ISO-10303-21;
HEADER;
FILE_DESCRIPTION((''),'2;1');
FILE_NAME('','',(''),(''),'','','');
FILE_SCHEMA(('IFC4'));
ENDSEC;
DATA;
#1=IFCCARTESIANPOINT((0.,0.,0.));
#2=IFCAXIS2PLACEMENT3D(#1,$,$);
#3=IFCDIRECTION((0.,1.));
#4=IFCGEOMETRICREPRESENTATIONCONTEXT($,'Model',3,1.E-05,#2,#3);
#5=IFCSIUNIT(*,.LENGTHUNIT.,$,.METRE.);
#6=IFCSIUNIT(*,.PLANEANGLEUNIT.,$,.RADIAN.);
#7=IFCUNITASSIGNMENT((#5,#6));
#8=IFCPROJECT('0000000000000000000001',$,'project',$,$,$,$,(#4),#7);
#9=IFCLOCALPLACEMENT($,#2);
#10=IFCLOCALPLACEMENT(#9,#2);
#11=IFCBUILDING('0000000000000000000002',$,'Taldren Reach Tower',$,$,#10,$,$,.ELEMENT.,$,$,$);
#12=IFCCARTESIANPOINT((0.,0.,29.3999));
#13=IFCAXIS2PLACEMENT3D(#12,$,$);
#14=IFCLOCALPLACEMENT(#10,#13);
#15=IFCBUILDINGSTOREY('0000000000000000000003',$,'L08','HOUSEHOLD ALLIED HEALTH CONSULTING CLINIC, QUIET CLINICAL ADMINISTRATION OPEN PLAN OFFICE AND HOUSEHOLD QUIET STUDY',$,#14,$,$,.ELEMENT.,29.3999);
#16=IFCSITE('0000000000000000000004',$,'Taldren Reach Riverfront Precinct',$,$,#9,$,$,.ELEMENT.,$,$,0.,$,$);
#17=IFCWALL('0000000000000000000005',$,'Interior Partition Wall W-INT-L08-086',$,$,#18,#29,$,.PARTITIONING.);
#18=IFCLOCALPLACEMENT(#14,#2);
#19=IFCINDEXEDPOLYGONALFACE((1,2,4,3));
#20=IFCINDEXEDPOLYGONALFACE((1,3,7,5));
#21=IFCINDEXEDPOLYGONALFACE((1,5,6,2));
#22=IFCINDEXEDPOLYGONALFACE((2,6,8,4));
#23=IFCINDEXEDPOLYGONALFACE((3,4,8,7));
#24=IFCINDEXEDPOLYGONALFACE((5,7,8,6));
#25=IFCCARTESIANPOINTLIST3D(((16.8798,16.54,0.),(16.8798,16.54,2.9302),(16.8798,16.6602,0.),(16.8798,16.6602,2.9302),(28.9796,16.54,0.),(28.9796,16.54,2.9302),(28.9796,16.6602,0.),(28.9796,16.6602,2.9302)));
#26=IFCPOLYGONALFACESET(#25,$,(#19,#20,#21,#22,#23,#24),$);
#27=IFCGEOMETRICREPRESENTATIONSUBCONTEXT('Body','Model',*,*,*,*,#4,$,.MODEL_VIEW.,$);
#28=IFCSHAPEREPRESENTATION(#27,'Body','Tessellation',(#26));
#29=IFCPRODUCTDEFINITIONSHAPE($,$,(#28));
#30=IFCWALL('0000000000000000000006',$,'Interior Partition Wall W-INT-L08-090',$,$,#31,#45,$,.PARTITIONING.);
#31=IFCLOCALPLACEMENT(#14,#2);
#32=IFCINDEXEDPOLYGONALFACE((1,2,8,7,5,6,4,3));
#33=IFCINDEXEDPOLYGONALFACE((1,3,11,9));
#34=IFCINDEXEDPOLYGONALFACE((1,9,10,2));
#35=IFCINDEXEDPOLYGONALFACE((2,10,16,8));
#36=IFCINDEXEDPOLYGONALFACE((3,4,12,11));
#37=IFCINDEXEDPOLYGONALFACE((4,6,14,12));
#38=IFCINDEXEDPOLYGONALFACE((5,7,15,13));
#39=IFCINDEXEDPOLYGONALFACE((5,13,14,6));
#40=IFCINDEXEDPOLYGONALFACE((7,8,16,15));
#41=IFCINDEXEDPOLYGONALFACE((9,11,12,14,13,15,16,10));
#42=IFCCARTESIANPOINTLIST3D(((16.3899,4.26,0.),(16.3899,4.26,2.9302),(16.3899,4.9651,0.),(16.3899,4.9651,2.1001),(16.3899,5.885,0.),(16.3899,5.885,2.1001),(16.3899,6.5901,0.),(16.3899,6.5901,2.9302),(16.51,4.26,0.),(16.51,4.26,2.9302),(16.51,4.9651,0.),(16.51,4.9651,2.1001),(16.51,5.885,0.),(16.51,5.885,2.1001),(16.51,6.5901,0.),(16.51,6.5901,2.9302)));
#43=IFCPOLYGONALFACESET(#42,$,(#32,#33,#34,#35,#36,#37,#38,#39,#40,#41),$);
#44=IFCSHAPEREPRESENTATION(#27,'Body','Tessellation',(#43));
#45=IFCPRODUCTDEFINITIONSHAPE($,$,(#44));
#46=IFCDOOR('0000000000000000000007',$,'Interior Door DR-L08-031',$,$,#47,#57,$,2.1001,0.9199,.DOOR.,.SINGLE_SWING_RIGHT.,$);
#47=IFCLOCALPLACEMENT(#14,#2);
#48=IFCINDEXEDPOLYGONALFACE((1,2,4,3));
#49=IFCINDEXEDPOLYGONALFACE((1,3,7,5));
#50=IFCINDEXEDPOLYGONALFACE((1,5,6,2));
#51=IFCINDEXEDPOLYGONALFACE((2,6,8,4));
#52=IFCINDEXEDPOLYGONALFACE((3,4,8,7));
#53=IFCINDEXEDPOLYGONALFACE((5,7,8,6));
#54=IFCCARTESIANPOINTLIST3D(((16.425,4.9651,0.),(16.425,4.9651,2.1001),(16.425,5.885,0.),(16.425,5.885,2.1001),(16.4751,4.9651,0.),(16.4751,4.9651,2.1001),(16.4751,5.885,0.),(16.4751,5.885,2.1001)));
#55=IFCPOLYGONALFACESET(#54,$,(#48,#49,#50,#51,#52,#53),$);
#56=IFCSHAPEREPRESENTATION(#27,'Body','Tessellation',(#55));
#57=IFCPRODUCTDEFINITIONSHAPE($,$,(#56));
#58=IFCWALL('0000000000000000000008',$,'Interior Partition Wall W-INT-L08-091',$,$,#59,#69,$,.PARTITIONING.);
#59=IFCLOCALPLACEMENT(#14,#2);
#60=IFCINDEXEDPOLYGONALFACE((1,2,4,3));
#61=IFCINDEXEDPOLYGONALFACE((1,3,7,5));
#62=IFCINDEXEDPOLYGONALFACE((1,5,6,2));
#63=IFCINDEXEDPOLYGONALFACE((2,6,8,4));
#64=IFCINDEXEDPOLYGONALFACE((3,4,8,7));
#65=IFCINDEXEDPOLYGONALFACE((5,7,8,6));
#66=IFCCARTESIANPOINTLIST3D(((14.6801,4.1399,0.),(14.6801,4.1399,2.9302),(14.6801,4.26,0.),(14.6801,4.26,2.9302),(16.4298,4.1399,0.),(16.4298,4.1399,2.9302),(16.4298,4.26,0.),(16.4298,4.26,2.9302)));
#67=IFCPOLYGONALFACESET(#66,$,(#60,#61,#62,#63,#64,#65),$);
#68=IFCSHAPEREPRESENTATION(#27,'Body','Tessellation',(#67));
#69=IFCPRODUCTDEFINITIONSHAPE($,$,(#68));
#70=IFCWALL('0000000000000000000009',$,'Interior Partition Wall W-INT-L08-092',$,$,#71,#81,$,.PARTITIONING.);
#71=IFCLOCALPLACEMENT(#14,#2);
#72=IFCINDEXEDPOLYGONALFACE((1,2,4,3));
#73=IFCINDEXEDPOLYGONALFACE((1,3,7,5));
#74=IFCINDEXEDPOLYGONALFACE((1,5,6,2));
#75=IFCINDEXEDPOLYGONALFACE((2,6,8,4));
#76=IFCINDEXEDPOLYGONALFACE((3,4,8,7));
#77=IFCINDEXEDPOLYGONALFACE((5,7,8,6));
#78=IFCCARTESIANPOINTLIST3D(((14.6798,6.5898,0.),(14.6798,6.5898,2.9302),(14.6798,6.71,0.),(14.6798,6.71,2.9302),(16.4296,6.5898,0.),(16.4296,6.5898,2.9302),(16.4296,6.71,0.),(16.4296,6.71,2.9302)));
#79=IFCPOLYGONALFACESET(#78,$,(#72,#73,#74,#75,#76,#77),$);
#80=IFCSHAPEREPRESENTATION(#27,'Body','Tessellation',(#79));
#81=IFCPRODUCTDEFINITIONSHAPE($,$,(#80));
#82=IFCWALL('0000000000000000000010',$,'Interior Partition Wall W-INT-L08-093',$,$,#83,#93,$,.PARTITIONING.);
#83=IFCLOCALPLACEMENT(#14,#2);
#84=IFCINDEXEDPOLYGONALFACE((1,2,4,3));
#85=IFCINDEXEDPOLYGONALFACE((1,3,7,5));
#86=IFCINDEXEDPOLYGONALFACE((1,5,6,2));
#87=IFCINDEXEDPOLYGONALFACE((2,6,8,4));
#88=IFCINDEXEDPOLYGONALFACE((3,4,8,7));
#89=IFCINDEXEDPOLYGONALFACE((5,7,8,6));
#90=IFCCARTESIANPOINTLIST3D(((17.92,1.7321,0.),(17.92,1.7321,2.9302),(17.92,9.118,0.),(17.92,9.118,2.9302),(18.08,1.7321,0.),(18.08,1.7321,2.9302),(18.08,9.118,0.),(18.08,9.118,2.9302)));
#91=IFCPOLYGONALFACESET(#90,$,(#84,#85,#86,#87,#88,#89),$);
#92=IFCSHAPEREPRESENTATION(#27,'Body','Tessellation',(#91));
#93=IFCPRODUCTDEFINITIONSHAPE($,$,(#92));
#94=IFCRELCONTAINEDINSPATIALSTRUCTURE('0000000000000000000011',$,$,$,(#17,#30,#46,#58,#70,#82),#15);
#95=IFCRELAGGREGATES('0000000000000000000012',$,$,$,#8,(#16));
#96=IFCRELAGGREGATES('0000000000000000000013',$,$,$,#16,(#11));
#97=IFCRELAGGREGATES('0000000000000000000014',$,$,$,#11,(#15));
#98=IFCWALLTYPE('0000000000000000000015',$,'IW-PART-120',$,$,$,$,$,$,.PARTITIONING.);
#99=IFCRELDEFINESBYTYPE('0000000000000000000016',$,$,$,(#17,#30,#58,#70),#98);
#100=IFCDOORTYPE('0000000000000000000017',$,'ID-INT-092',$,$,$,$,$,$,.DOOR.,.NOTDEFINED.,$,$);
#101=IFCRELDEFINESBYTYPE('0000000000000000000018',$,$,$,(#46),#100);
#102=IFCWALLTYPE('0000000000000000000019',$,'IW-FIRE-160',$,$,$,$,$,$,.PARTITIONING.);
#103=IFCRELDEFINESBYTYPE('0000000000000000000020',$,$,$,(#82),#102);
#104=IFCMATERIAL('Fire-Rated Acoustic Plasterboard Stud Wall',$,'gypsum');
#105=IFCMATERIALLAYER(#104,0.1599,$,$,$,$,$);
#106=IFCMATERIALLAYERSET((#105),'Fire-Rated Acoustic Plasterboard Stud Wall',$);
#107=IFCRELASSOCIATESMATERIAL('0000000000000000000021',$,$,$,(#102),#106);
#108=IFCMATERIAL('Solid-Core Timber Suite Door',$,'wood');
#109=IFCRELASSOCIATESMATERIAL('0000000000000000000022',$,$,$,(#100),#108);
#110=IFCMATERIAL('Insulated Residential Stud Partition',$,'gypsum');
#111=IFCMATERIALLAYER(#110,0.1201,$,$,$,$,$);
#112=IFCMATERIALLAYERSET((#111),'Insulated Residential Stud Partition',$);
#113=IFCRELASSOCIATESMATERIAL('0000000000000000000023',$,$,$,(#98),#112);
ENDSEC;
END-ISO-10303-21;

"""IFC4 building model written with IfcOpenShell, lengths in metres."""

from ifc_helpers import new_model, si_unit, direction, frame, frame_2d, origin, place, context, subcontext, project, spatial, rectangle, extrude, source, transform, mapped, material, layer, layer_set, type_object, element, fill, save


model = new_model("IFC4")

# Units and contexts
model_context = context("Model", 3, precision=1e-05, world=origin(), true_north=direction((0.0, 1.0)))
body_context = subcontext(model_context, "Body", "Model", "MODEL_VIEW")
ifc_project = project(units=[si_unit("LENGTHUNIT", "METRE"), si_unit("PLANEANGLEUNIT", "RADIAN")], contexts=[model_context])

# Site, building, storey
site_placement = place(None, origin())
site = spatial("IfcSite", under=ifc_project, at=site_placement, Name="Taldren Reach Riverfront Precinct", CompositionType="ELEMENT", RefElevation=0.0)
building_placement = place(site_placement, origin())
building = spatial("IfcBuilding", under=site, at=building_placement, Name="Taldren Reach Tower", CompositionType="ELEMENT")
storey_placement = place(building_placement, frame((0.0, 0.0, 29.3999)))
storey = spatial("IfcBuildingStorey", under=building, at=storey_placement, Name="L08", Description="HOUSEHOLD ALLIED HEALTH CONSULTING CLINIC, QUIET CLINICAL ADMINISTRATION OPEN PLAN OFFICE AND HOUSEHOLD QUIET STUDY", CompositionType="ELEMENT", Elevation=29.3999)

# Shared definitions
ifc_material_1 = material(Name="Fire-Rated Acoustic Plasterboard Stud Wall", Category="gypsum")
ifc_layer_1 = layer(ifc_material_1, 0.1599)
ifc_layer_set_1 = layer_set([ifc_layer_1], Name="Fire-Rated Acoustic Plasterboard Stud Wall")
wall_type_1 = type_object("IfcWallType", Name="IW-FIRE-160", PredefinedType="PARTITIONING", material=ifc_layer_set_1)

# Shared definitions
ifc_material_2 = material(Name="Solid-Core Timber Suite Door", Category="wood")
door_type_1 = type_object("IfcDoorType", Name="ID-INT-092", OperationType="NOTDEFINED", PredefinedType="DOOR", material=ifc_material_2)
shared_shape_1 = source(origin(), body_context, "Body", "SweptSolid", [
    extrude(rectangle(XDim=0.9199, YDim=2.1001, at=frame_2d((0.46, 1.05))), frame((0.0, 0.0249, 0.0), z_axis=(0.0, -1.0, 0.0), x_axis=(1.0, 0.0, 0.0)), (0.0, 0.0, 1.0), 0.05),
])

# Wall
ifc_material_3 = material(Name="Insulated Residential Stud Partition", Category="gypsum")
ifc_layer_2 = layer(ifc_material_3, 0.1201)
ifc_layer_set_2 = layer_set([ifc_layer_2], Name="Insulated Residential Stud Partition")
wall_type_2 = type_object("IfcWallType", Name="IW-PART-120", PredefinedType="PARTITIONING", material=ifc_layer_set_2)
shared_shape_2 = source(origin(), body_context, "Body", "SweptSolid", [
    extrude(rectangle(XDim=12.0999, YDim=0.1201, at=frame_2d((6.0498, 0.0))), origin(), (0.0, 0.0, 1.0), 2.9302),
])
wall_1_placement = place(storey_placement, frame((16.8799, 16.6001, 0.0), z_axis=(0.0, 0.0, 1.0), x_axis=(1.0, 0.0, 0.0)))
element("IfcWall", 1, at=wall_1_placement, inside=storey, type_object=wall_type_2, Name="Interior Partition Wall W-INT-L08-086", PredefinedType="PARTITIONING", context=body_context, shape_type="MappedRepresentation", body=[
    mapped(shared_shape_2, transform((0.0, 0.0, 0.0), scale=1.0)),
])

# Wall, opening, door
shared_shape_3 = source(origin(), body_context, "Body", "SweptSolid", [
    extrude(rectangle(XDim=2.3301, YDim=0.1201, at=frame_2d((1.165, 0.0))), origin(), (0.0, 0.0, 1.0), 2.9302),
])
wall_2_placement = place(storey_placement, frame((16.45, 4.26, 0.0), z_axis=(0.0, 0.0, 1.0), x_axis=(0.0, 1.0, 0.0)))
wall_2 = element("IfcWall", 2, at=wall_2_placement, inside=storey, type_object=wall_type_2, Name="Interior Partition Wall W-INT-L08-090", PredefinedType="PARTITIONING", context=body_context, shape_type="MappedRepresentation", body=[
    mapped(shared_shape_3, transform((0.0, 0.0, 0.0), scale=1.0)),
])
shared_shape_4 = source(origin(), body_context, "Body", "SweptSolid", [
    extrude(rectangle(XDim=0.9199, YDim=2.1001, at=frame_2d((0.46, 1.05))), frame((0.0, 0.0701, 0.0), z_axis=(0.0, -1.0, 0.0), x_axis=(1.0, 0.0, 0.0)), (0.0, 0.0, 1.0), 0.1401),
])
opening_1_placement = place(wall_2_placement, frame((0.7051, 0.0, 0.0)))
opening_1 = element("IfcOpeningElement", 3, at=opening_1_placement, cuts=wall_2, PredefinedType="OPENING", context=body_context, shape_type="MappedRepresentation", body=[
    mapped(shared_shape_4, transform((0.0, 0.0, 0.0), scale=1.0)),
])
door_1_placement = place(opening_1_placement, origin())
door_1 = element("IfcDoor", 4, at=door_1_placement, inside=storey, type_object=door_type_1, Name="Interior Door DR-L08-031", OperationType="SINGLE_SWING_RIGHT", OverallHeight=2.1001, OverallWidth=0.9199, PredefinedType="DOOR", context=body_context, shape_type="MappedRepresentation", body=[
    mapped(shared_shape_1, transform((0.0, 0.0, 0.0), scale=1.0)),
])
fill(opening_1, door_1)

# Walls
shared_shape_5 = source(origin(), body_context, "Body", "SweptSolid", [
    extrude(rectangle(XDim=1.7498, YDim=0.1201, at=frame_2d((0.875, 0.0))), origin(), (0.0, 0.0, 1.0), 2.9302),
])
for number, where, z_axis, x_axis, name in (
    (5, (14.6799, 4.2, 0.0), (0.0, 0.0, 1.0), (1.0, 0.0, 0.0), "Interior Partition Wall W-INT-L08-091"),
    (6, (16.4297, 6.6499, 0.0), (0.0, 0.0, 1.0), (-1.0, 0.0, 0.0), "Interior Partition Wall W-INT-L08-092"),
):
    element("IfcWall", number, at=place(storey_placement, frame(where, z_axis=z_axis, x_axis=x_axis)), inside=storey, type_object=wall_type_2, Name=name, PredefinedType="PARTITIONING", context=body_context, shape_type="MappedRepresentation", body=[
        mapped(shared_shape_5, transform((0.0, 0.0, 0.0), scale=1.0)),
    ])
shared_shape_6 = source(origin(), body_context, "Body", "SweptSolid", [
    extrude(rectangle(XDim=7.386, YDim=0.1599, at=frame_2d((3.6929, 0.0))), origin(), (0.0, 0.0, 1.0), 2.9302),
])
wall_3_placement = place(storey_placement, frame((18.0, 9.1179, 0.0), z_axis=(0.0, 0.0, 1.0), x_axis=(0.0, -1.0, 0.0)))
element("IfcWall", 7, at=wall_3_placement, inside=storey, type_object=wall_type_1, Name="Interior Partition Wall W-INT-L08-093", PredefinedType="PARTITIONING", context=body_context, shape_type="MappedRepresentation", body=[
    mapped(shared_shape_6, transform((0.0, 0.0, 0.0), scale=1.0)),
])

save(model, "model.ifc")
